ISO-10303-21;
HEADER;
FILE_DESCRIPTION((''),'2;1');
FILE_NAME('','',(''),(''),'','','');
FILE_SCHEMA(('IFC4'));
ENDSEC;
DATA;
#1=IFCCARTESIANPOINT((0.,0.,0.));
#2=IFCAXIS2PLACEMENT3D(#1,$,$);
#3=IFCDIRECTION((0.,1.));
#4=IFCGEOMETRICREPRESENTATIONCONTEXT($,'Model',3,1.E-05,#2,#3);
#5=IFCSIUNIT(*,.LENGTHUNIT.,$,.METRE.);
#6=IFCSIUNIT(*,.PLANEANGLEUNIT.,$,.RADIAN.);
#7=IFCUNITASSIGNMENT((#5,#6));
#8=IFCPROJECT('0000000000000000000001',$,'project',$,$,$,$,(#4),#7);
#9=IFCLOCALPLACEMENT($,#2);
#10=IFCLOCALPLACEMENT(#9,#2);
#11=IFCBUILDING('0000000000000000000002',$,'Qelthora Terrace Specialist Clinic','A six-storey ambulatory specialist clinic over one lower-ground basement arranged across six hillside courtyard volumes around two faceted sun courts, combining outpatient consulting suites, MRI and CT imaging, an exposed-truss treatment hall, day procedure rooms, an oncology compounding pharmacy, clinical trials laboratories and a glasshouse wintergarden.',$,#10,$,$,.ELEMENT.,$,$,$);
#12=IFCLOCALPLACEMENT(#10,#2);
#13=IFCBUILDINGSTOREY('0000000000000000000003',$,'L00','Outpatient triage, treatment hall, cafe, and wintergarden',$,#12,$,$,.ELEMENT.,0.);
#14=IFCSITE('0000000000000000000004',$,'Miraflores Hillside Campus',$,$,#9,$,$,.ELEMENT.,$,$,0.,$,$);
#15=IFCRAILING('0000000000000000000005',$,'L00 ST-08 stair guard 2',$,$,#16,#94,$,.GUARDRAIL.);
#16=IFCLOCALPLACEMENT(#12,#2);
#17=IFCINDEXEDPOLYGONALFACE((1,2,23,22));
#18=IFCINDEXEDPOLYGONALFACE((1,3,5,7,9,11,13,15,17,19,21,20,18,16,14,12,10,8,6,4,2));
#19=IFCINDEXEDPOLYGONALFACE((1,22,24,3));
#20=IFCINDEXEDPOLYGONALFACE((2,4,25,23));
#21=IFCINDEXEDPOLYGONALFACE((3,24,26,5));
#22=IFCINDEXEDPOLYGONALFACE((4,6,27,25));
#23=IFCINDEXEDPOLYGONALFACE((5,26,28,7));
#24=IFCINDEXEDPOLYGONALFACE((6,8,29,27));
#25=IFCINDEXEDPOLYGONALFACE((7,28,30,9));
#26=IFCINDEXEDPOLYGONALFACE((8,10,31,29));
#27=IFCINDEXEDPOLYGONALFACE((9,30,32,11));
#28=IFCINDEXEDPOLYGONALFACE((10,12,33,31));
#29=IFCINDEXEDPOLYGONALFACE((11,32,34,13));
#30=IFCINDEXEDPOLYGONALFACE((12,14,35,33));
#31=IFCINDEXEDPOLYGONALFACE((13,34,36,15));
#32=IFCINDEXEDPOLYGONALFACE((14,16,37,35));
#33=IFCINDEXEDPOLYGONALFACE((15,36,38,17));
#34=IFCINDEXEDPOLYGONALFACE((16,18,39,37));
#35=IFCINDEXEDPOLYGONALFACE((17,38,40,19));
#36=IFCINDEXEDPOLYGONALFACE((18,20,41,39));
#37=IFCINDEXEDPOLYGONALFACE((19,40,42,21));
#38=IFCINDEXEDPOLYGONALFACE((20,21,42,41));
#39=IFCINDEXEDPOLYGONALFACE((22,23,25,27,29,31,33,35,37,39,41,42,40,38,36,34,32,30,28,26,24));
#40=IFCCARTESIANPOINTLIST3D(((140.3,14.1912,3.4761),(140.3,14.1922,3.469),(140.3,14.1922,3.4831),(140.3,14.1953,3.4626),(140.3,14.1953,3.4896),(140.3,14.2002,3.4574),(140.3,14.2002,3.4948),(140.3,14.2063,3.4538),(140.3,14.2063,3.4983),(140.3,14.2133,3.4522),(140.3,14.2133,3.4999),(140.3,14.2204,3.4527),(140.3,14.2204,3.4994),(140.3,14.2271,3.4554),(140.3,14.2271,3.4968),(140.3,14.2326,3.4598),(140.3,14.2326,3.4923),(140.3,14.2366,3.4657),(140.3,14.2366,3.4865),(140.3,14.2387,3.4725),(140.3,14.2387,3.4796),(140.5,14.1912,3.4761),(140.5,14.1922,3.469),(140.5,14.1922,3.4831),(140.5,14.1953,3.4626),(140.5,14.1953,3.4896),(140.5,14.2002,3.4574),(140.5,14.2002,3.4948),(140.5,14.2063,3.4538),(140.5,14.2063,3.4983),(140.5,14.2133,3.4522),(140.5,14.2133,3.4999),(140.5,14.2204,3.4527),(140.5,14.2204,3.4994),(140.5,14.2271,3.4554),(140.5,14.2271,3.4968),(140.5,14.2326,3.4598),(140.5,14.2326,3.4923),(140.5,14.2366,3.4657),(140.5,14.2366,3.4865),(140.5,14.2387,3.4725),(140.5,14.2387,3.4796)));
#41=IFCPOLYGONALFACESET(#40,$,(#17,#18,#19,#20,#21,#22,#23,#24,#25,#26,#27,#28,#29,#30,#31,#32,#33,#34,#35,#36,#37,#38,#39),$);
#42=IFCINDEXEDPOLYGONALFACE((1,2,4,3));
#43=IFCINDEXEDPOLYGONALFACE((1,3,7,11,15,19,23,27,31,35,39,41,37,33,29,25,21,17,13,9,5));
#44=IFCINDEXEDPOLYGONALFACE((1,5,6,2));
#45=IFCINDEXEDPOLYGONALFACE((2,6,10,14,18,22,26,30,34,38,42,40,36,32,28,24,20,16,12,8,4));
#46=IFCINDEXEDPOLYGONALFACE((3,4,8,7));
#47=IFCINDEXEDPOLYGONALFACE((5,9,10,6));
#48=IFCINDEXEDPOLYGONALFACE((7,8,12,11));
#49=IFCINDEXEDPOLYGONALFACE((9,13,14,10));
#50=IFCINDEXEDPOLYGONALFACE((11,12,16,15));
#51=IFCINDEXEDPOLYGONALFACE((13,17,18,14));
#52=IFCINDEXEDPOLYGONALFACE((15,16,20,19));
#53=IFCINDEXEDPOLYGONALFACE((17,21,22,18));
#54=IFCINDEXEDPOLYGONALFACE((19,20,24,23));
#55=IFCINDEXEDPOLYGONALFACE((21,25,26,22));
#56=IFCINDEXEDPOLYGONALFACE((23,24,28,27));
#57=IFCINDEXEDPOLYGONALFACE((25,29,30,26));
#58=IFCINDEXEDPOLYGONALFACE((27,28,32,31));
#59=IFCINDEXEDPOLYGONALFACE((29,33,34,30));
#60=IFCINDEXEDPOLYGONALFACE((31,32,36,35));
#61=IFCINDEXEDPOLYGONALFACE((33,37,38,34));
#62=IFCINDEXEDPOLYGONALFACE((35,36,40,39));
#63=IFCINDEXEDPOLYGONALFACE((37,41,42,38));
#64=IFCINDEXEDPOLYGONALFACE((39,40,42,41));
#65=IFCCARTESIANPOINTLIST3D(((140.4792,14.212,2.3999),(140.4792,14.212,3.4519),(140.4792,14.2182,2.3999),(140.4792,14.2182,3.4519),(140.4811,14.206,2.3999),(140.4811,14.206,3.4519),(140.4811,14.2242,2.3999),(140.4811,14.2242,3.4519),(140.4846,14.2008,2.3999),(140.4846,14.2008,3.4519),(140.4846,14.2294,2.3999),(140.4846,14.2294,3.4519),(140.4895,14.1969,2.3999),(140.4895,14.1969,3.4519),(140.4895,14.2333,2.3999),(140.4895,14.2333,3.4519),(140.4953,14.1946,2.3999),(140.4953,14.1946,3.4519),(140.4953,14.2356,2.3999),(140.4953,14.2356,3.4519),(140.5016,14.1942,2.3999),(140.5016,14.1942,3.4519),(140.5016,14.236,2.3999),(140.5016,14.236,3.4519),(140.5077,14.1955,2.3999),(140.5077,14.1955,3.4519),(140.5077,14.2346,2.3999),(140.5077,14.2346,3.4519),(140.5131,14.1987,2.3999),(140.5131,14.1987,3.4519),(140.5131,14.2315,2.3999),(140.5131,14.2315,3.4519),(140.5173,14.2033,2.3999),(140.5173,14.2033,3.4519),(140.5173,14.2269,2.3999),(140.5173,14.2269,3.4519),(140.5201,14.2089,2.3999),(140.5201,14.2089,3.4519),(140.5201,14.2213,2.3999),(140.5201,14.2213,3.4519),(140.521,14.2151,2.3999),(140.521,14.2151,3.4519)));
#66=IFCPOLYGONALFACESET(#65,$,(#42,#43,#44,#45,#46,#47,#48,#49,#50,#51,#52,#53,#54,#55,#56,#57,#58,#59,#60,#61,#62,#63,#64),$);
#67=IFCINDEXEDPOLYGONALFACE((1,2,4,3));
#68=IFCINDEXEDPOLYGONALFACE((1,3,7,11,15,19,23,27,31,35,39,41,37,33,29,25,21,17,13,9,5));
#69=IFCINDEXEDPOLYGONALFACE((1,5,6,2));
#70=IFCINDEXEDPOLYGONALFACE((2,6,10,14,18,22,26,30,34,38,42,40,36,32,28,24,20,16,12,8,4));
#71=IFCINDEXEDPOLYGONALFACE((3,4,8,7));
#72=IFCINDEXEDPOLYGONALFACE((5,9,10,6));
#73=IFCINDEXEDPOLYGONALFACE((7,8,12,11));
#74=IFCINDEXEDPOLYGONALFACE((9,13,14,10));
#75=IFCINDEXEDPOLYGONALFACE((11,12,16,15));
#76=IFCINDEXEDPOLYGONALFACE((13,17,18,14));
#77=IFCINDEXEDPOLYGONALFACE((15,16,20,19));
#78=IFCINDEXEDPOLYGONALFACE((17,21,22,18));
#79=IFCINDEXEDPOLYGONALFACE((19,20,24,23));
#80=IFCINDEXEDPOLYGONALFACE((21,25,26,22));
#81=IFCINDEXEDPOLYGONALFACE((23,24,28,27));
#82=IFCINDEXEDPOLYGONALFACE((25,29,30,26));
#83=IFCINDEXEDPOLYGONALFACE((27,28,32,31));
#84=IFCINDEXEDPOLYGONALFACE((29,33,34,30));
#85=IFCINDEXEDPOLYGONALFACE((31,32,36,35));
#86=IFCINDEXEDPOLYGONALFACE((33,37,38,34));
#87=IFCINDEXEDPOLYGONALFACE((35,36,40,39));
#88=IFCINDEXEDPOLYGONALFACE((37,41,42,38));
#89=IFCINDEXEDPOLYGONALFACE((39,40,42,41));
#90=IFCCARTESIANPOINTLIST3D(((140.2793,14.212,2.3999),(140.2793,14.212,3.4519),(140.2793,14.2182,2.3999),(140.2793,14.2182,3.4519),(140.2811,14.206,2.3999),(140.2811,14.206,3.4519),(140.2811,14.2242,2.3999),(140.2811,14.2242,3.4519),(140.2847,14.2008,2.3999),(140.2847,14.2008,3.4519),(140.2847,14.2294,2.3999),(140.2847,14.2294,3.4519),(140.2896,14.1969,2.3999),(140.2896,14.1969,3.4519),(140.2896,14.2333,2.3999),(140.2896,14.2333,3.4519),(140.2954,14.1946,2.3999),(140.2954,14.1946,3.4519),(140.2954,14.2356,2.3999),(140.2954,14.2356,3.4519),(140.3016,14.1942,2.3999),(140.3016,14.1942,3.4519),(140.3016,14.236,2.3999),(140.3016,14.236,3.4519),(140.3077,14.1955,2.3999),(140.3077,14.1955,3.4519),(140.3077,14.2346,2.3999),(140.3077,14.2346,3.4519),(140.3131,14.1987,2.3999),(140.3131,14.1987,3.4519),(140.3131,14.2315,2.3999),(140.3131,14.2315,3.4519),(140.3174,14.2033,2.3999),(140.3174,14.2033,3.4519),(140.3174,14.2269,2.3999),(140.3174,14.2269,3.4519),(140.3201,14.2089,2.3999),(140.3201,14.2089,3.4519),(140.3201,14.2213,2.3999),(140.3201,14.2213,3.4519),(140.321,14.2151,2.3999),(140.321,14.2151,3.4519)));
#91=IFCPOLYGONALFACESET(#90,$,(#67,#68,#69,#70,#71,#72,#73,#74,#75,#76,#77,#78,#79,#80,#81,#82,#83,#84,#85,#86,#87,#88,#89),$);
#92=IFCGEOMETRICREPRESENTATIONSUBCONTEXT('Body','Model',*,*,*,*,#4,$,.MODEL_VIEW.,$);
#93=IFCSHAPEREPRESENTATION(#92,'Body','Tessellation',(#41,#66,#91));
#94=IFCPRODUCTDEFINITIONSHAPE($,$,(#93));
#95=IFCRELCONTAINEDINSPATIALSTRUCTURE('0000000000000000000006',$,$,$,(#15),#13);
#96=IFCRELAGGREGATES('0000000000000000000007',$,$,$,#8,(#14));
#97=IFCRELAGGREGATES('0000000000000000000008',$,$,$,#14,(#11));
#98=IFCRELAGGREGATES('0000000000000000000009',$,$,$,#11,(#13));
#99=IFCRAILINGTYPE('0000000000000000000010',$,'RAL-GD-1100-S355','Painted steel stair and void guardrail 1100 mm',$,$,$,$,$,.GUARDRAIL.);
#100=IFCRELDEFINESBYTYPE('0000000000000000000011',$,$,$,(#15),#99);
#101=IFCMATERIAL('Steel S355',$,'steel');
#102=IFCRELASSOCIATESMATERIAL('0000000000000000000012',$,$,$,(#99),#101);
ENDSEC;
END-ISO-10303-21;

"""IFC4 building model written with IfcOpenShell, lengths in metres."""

from ifc_helpers import new_model, si_unit, direction, frame, origin, origin_2d, place, context, subcontext, project, spatial, circle, extrude, material, type_object, element, save


model = new_model("IFC4")

# Units and contexts
model_context = context("Model", 3, precision=1e-05, world=origin(), true_north=direction((0.0, 1.0)))
body_context = subcontext(model_context, "Body", "Model", "MODEL_VIEW")
ifc_project = project(units=[si_unit("LENGTHUNIT", "METRE"), si_unit("PLANEANGLEUNIT", "RADIAN")], contexts=[model_context])

# Site, building, storey
site_placement = place(None, origin())
site = spatial("IfcSite", under=ifc_project, at=site_placement, Name="Miraflores Hillside Campus", CompositionType="ELEMENT", RefElevation=0.0)
building_placement = place(site_placement, origin())
building = spatial("IfcBuilding", under=site, at=building_placement, Name="Qelthora Terrace Specialist Clinic", Description="A six-storey ambulatory specialist clinic over one lower-ground basement arranged across six hillside courtyard volumes around two faceted sun courts, combining outpatient consulting suites, MRI and CT imaging, an exposed-truss treatment hall, day procedure rooms, an oncology compounding pharmacy, clinical trials laboratories and a glasshouse wintergarden.", CompositionType="ELEMENT")
storey_placement = place(building_placement, origin())
storey = spatial("IfcBuildingStorey", under=building, at=storey_placement, Name="L00", Description="Outpatient triage, treatment hall, cafe, and wintergarden", CompositionType="ELEMENT", Elevation=0.0)

# Shared definitions
ifc_material_1 = material(Name="Steel S355", Category="steel")

# Railing
railing_type_1 = type_object("IfcRailingType", Name="RAL-GD-1100-S355", Description="Painted steel stair and void guardrail 1100 mm", PredefinedType="GUARDRAIL", material=ifc_material_1)
railing_1_placement = place(storey_placement, frame((140.5, 14.2151, 2.3999)))
element("IfcRailing", 1, at=railing_1_placement, inside=storey, type_object=railing_type_1, Name="L00 ST-08 stair guard 2", PredefinedType="GUARDRAIL", context=body_context, shape_type="SweptSolid", body=[
    extrude(circle(Radius=0.0239, at=origin_2d()), frame((0.0, 0.0, 1.0762), z_axis=(-1.0, 0.0, 0.0), x_axis=(0.0, -1.0, 0.0)), (0.0, 0.0, 1.0), 0.2),
    extrude(circle(Radius=0.021, at=origin_2d()), origin(), (0.0, 0.0, 1.0), 1.052),
    extrude(circle(Radius=0.021, at=origin_2d()), frame((-0.2, 0.0, 0.0)), (0.0, 0.0, 1.0), 1.052),
])

save(model, "model.ifc")
